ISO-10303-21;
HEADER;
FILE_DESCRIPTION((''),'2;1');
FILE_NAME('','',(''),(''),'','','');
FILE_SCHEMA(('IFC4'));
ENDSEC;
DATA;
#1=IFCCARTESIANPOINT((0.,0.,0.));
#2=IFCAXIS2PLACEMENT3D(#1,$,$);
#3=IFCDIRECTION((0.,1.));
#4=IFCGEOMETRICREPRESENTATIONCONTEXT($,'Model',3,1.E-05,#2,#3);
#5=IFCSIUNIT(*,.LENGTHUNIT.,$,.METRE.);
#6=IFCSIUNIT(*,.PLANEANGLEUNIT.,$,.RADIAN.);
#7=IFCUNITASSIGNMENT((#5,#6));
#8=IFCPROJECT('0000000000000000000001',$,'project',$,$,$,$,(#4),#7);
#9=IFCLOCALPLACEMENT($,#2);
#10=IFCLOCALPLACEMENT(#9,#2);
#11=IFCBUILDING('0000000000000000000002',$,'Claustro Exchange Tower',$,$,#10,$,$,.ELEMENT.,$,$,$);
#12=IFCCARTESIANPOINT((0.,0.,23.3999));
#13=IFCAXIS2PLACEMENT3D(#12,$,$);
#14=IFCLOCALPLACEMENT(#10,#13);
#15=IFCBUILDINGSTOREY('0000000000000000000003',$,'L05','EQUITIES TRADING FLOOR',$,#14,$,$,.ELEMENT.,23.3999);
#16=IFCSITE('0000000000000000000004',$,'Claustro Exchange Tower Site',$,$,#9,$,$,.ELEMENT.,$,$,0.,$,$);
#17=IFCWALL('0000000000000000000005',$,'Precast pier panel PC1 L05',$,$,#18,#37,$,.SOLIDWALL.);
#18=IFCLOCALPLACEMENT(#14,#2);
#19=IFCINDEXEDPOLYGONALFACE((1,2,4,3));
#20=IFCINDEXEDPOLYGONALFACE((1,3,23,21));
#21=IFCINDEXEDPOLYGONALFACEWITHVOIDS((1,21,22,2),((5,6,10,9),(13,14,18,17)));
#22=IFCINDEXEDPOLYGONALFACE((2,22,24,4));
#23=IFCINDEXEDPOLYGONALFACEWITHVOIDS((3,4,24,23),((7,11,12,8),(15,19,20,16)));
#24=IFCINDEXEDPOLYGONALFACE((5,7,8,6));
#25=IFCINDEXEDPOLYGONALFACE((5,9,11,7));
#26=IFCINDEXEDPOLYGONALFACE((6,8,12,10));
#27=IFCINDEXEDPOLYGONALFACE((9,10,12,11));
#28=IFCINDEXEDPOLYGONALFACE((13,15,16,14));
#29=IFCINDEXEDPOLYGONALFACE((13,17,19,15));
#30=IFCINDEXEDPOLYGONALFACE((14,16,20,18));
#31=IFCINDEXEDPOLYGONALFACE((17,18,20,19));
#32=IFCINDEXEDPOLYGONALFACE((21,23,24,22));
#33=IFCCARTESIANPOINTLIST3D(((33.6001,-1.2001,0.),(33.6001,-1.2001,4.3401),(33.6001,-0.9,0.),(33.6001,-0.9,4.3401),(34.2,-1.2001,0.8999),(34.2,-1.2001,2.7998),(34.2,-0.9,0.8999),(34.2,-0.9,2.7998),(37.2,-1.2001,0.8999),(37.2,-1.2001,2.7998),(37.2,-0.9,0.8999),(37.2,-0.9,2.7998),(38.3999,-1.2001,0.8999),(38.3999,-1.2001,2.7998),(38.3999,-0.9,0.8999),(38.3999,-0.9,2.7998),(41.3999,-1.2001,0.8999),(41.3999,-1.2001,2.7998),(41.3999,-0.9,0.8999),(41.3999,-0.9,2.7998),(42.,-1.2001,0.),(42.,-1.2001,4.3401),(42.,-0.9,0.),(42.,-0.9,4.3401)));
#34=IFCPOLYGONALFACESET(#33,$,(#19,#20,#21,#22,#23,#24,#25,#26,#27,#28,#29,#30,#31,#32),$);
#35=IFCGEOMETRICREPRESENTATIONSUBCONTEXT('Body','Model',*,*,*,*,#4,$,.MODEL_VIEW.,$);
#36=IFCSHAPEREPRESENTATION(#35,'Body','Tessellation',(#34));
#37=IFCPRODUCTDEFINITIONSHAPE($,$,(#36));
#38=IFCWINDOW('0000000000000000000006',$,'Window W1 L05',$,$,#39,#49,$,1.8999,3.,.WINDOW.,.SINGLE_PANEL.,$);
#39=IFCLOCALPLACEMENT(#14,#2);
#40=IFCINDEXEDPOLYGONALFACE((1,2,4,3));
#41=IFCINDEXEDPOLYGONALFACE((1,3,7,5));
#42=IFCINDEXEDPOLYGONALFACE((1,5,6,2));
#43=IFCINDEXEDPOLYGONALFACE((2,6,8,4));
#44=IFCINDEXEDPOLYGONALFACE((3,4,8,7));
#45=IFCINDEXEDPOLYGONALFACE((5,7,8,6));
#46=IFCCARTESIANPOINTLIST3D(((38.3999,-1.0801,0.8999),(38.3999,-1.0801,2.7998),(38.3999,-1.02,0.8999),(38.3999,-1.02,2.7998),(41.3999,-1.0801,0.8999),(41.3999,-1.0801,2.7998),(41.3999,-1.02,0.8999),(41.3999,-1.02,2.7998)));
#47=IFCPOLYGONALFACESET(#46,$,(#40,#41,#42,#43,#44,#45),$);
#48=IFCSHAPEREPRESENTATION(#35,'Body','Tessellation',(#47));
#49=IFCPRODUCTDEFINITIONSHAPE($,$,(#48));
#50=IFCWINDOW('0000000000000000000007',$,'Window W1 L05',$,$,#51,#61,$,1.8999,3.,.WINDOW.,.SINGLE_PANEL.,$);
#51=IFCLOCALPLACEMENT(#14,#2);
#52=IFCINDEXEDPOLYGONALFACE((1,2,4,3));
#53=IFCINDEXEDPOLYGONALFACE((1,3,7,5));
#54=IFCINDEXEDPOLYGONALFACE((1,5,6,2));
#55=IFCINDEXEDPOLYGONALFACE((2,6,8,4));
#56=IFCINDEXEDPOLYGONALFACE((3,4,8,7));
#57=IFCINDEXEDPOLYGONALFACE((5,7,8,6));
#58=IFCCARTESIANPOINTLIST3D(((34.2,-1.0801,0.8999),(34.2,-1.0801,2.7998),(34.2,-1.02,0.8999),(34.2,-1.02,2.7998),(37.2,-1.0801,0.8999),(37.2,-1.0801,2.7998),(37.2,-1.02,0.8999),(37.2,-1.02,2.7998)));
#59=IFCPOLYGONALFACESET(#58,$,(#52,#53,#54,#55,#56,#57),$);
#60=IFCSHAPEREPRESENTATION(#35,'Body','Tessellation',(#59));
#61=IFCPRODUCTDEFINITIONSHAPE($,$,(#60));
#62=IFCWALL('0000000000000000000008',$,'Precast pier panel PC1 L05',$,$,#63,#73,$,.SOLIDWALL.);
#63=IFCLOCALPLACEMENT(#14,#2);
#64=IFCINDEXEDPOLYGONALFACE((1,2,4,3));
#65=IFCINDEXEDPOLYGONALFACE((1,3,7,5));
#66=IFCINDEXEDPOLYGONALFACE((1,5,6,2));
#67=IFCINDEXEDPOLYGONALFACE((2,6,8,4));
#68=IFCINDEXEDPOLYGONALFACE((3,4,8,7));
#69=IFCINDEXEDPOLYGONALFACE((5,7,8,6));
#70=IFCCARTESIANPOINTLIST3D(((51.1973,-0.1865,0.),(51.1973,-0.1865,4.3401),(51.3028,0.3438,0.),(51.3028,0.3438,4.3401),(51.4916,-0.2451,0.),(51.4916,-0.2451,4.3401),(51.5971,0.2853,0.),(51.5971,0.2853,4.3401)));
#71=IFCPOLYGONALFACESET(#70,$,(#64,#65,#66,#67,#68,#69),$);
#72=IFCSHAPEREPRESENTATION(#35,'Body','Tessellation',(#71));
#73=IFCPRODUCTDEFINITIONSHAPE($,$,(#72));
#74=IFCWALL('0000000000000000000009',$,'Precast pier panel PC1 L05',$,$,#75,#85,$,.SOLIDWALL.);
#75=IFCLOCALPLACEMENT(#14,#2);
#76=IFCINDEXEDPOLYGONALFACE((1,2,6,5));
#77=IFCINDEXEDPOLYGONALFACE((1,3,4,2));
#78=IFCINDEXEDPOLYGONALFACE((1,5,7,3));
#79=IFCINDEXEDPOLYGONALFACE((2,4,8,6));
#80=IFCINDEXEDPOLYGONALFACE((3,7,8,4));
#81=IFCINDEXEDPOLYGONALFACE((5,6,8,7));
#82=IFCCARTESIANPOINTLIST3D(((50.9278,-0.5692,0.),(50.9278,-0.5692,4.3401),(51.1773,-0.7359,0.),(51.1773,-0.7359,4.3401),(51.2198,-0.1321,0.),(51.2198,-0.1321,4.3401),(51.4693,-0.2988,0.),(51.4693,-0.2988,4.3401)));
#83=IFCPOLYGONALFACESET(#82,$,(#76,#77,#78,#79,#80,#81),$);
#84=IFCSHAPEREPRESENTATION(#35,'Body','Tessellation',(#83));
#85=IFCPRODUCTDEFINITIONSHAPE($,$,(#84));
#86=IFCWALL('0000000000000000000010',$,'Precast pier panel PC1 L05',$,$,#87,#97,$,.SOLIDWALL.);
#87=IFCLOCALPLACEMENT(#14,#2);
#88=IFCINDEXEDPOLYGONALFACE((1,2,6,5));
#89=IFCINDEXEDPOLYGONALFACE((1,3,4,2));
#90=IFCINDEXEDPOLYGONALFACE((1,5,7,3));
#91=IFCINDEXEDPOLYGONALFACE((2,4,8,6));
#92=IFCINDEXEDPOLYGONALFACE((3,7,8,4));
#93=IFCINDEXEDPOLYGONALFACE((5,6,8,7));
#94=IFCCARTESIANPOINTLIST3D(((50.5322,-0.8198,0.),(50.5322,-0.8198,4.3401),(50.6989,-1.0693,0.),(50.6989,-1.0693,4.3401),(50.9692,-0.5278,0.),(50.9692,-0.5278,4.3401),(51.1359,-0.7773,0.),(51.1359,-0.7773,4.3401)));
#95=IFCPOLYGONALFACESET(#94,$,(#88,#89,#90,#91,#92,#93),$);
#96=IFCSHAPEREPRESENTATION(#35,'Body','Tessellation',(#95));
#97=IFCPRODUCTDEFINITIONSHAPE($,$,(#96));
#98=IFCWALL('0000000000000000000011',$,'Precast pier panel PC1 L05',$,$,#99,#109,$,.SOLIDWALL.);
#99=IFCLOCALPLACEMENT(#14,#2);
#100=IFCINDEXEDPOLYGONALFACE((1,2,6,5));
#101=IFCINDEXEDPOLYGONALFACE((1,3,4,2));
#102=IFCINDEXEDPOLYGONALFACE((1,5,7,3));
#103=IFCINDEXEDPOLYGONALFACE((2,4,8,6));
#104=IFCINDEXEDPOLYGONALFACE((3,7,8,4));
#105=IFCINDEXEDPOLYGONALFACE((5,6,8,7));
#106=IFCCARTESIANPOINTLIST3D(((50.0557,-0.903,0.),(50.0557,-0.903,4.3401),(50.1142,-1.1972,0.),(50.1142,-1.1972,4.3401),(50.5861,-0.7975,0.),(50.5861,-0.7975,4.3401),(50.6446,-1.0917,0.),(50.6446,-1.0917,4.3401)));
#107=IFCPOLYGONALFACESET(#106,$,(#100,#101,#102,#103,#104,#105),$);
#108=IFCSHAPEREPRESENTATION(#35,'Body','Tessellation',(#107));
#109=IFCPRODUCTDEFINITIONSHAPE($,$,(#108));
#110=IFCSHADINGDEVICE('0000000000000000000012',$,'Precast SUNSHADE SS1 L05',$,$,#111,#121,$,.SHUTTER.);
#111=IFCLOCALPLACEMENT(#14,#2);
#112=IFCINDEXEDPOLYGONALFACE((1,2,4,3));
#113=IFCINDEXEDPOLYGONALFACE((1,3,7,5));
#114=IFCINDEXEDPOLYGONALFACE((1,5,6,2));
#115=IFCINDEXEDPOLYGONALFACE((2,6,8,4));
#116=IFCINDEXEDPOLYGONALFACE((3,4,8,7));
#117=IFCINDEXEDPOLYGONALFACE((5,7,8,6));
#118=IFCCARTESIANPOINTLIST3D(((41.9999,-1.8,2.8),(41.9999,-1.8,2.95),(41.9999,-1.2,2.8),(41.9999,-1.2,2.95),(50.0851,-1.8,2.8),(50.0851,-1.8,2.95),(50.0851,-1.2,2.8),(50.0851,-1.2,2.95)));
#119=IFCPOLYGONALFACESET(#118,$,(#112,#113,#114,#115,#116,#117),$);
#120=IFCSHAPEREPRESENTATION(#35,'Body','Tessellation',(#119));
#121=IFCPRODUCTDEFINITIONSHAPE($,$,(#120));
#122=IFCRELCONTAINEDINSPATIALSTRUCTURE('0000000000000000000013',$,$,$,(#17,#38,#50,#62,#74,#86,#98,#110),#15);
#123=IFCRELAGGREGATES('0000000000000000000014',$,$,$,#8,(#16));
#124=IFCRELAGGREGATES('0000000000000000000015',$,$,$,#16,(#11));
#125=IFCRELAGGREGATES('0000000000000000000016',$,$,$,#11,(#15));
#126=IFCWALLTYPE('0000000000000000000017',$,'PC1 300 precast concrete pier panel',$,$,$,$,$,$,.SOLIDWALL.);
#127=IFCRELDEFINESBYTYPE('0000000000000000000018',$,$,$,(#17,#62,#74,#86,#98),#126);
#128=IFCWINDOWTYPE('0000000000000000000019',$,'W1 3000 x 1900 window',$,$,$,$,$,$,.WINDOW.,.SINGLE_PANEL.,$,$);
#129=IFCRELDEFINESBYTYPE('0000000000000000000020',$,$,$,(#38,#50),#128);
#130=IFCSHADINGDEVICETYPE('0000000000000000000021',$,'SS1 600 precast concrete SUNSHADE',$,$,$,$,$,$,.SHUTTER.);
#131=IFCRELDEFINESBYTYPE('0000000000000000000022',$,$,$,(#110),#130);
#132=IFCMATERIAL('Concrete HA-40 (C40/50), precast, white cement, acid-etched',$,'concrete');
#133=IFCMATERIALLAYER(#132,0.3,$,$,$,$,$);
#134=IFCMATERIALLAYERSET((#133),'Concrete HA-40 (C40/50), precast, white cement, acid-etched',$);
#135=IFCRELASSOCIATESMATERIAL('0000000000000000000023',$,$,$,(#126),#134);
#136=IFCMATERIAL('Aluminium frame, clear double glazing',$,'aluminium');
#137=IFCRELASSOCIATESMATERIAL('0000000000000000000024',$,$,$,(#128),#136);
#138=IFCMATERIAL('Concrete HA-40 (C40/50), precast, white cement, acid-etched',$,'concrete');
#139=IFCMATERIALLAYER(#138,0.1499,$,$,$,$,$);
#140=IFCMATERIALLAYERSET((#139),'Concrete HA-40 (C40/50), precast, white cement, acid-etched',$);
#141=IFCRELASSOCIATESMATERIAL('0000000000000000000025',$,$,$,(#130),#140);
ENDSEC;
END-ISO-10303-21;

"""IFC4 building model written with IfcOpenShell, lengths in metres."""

from ifc_helpers import new_model, si_unit, direction, frame, frame_2d, origin, origin_2d, place, context, subcontext, project, spatial, rectangle, extrude, material, layer, layer_set, type_object, element, fill, save


model = new_model("IFC4")

# Units and contexts
model_context = context("Model", 3, precision=1e-05, world=origin(), true_north=direction((0.0, 1.0)))
body_context = subcontext(model_context, "Body", "Model", "MODEL_VIEW")
ifc_project = project(units=[si_unit("LENGTHUNIT", "METRE"), si_unit("PLANEANGLEUNIT", "RADIAN")], contexts=[model_context])

# Site, building, storey
site_placement = place(None, origin())
site = spatial("IfcSite", under=ifc_project, at=site_placement, Name="Claustro Exchange Tower Site", CompositionType="ELEMENT", RefElevation=0.0)
building_placement = place(site_placement, origin())
building = spatial("IfcBuilding", under=site, at=building_placement, Name="Claustro Exchange Tower", CompositionType="ELEMENT")
storey_placement = place(building_placement, frame((0.0, 0.0, 23.3999)))
storey = spatial("IfcBuildingStorey", under=building, at=storey_placement, Name="L05", Description="EQUITIES TRADING FLOOR", CompositionType="ELEMENT", Elevation=23.3999)

# Wall, openings, windows
ifc_material_1 = material(Name="Concrete HA-40 (C40/50), precast, white cement, acid-etched", Category="concrete")
ifc_layer_1 = layer(ifc_material_1, 0.3)
ifc_layer_set_1 = layer_set([ifc_layer_1], Name="Concrete HA-40 (C40/50), precast, white cement, acid-etched")
wall_type = type_object("IfcWallType", Name="PC1 300 precast concrete pier panel", PredefinedType="SOLIDWALL", material=ifc_layer_set_1)
ifc_material_2 = material(Name="Aluminium frame, clear double glazing", Category="aluminium")
window_type = type_object("IfcWindowType", Name="W1 3000 x 1900 window", PartitioningType="SINGLE_PANEL", PredefinedType="WINDOW", material=ifc_material_2)
wall_1_placement = place(storey_placement, frame((42.0, -1.05, 0.0), z_axis=(0.0, 0.0, 1.0), x_axis=(-1.0, 0.0, 0.0)))
wall_1 = element("IfcWall", 1, at=wall_1_placement, inside=storey, type_object=wall_type, Name="Precast pier panel PC1 L05", PredefinedType="SOLIDWALL", context=body_context, shape_type="SweptSolid", body=[
    extrude(rectangle(XDim=8.3999, YDim=0.3, at=frame_2d((4.2, 0.0))), origin(), (0.0, 0.0, 1.0), 4.3401),
])
opening_1_placement = place(wall_1_placement, frame((0.6001, 0.0, 0.8999)))
opening_1 = element("IfcOpeningElement", 2, at=opening_1_placement, cuts=wall_1, PredefinedType="OPENING", context=body_context, shape_type="SweptSolid", body=[
    extrude(rectangle(XDim=3.0, YDim=1.8999, at=frame_2d((1.5, 0.95))), frame((0.0, 0.1599, 0.0), z_axis=(0.0, -1.0, 0.0), x_axis=(1.0, 0.0, 0.0)), (0.0, 0.0, 1.0), 0.3201),
])
opening_2_placement = place(wall_1_placement, frame((4.8, 0.0, 0.8999)))
opening_2 = element("IfcOpeningElement", 3, at=opening_2_placement, cuts=wall_1, PredefinedType="OPENING", context=body_context, shape_type="SweptSolid", body=[
    extrude(rectangle(XDim=3.0, YDim=1.8999, at=frame_2d((1.5, 0.95))), frame((0.0, 0.1599, 0.0), z_axis=(0.0, -1.0, 0.0), x_axis=(1.0, 0.0, 0.0)), (0.0, 0.0, 1.0), 0.3201),
])
window_1_placement = place(opening_1_placement, origin())
window_1 = element("IfcWindow", 4, at=window_1_placement, inside=storey, type_object=window_type, Name="Window W1 L05", OverallHeight=1.8999, OverallWidth=3.0, PartitioningType="SINGLE_PANEL", PredefinedType="WINDOW", context=body_context, shape_type="SweptSolid", body=[
    extrude(rectangle(XDim=3.0, YDim=1.8999, at=frame_2d((1.5, 0.95))), frame((0.0, 0.03, 0.0), z_axis=(0.0, -1.0, 0.0), x_axis=(1.0, 0.0, 0.0)), (0.0, 0.0, 1.0), 0.0601),
])
fill(opening_1, window_1)
window_2_placement = place(opening_2_placement, origin())
window_2 = element("IfcWindow", 5, at=window_2_placement, inside=storey, type_object=window_type, Name="Window W1 L05", OverallHeight=1.8999, OverallWidth=3.0, PartitioningType="SINGLE_PANEL", PredefinedType="WINDOW", context=body_context, shape_type="SweptSolid", body=[
    extrude(rectangle(XDim=3.0, YDim=1.8999, at=frame_2d((1.5, 0.95))), frame((0.0, 0.03, 0.0), z_axis=(0.0, -1.0, 0.0), x_axis=(1.0, 0.0, 0.0)), (0.0, 0.0, 1.0), 0.0601),
])
fill(opening_2, window_2)

# Walls
wall_2_placement = place(storey_placement, frame((51.45, 0.3147, 0.0), z_axis=(0.0, 0.0, 1.0), x_axis=(-0.195074, -0.980789, 0.0)))
element("IfcWall", 6, at=wall_2_placement, inside=storey, type_object=wall_type, Name="Precast pier panel PC1 L05", PredefinedType="SOLIDWALL", context=body_context, shape_type="SweptSolid", body=[
    extrude(rectangle(XDim=0.5408, YDim=0.3, at=frame_2d((0.2705, 0.0))), origin(), (0.0, 0.0, 1.0), 4.3401),
])
for number, where, z_axis, x_axis, name in (
    (7, (51.3445, -0.2156, 0.0), (0.0, 0.0, 1.0), (-0.555557, -0.831478, 0.0), "Precast pier panel PC1 L05"),
    (8, (51.0525, -0.6526, 0.0), (0.0, 0.0, 1.0), (-0.831478, -0.555557, 0.0), "Precast pier panel PC1 L05"),
):
    element("IfcWall", number, at=place(storey_placement, frame(where, z_axis=z_axis, x_axis=x_axis)), inside=storey, type_object=wall_type, Name=name, PredefinedType="SOLIDWALL", context=body_context, shape_type="SweptSolid", body=[
        extrude(rectangle(XDim=0.5256, YDim=0.3, at=frame_2d((0.2627, 0.0))), origin(), (0.0, 0.0, 1.0), 4.3401),
    ])
wall_3_placement = place(storey_placement, frame((50.6155, -0.9446, 0.0), z_axis=(0.0, 0.0, 1.0), x_axis=(-0.980789, -0.195074, 0.0)))
element("IfcWall", 9, at=wall_3_placement, inside=storey, type_object=wall_type, Name="Precast pier panel PC1 L05", PredefinedType="SOLIDWALL", context=body_context, shape_type="SweptSolid", body=[
    extrude(rectangle(XDim=0.5408, YDim=0.3, at=frame_2d((0.2705, 0.0))), origin(), (0.0, 0.0, 1.0), 4.3401),
])

# Shading device
ifc_material_3 = material(Name="Concrete HA-40 (C40/50), precast, white cement, acid-etched", Category="concrete")
ifc_layer_2 = layer(ifc_material_3, 0.1499)
ifc_layer_set_2 = layer_set([ifc_layer_2], Name="Concrete HA-40 (C40/50), precast, white cement, acid-etched")
shading_device_type = type_object("IfcShadingDeviceType", Name="SS1 600 precast concrete SUNSHADE", PredefinedType="SHUTTER", material=ifc_layer_set_2)
shading_device_placement = place(storey_placement, frame((46.0425, -1.5, 2.8), z_axis=(0.0, 0.0, 1.0), x_axis=(-1.0, 0.0, 0.0)))
element("IfcShadingDevice", 10, at=shading_device_placement, inside=storey, type_object=shading_device_type, Name="Precast SUNSHADE SS1 L05", PredefinedType="SHUTTER", context=body_context, shape_type="SweptSolid", body=[
    extrude(rectangle(XDim=8.0852, YDim=0.6001, at=origin_2d()), origin(), (0.0, 0.0, 1.0), 0.1499),
])

save(model, "model.ifc")
